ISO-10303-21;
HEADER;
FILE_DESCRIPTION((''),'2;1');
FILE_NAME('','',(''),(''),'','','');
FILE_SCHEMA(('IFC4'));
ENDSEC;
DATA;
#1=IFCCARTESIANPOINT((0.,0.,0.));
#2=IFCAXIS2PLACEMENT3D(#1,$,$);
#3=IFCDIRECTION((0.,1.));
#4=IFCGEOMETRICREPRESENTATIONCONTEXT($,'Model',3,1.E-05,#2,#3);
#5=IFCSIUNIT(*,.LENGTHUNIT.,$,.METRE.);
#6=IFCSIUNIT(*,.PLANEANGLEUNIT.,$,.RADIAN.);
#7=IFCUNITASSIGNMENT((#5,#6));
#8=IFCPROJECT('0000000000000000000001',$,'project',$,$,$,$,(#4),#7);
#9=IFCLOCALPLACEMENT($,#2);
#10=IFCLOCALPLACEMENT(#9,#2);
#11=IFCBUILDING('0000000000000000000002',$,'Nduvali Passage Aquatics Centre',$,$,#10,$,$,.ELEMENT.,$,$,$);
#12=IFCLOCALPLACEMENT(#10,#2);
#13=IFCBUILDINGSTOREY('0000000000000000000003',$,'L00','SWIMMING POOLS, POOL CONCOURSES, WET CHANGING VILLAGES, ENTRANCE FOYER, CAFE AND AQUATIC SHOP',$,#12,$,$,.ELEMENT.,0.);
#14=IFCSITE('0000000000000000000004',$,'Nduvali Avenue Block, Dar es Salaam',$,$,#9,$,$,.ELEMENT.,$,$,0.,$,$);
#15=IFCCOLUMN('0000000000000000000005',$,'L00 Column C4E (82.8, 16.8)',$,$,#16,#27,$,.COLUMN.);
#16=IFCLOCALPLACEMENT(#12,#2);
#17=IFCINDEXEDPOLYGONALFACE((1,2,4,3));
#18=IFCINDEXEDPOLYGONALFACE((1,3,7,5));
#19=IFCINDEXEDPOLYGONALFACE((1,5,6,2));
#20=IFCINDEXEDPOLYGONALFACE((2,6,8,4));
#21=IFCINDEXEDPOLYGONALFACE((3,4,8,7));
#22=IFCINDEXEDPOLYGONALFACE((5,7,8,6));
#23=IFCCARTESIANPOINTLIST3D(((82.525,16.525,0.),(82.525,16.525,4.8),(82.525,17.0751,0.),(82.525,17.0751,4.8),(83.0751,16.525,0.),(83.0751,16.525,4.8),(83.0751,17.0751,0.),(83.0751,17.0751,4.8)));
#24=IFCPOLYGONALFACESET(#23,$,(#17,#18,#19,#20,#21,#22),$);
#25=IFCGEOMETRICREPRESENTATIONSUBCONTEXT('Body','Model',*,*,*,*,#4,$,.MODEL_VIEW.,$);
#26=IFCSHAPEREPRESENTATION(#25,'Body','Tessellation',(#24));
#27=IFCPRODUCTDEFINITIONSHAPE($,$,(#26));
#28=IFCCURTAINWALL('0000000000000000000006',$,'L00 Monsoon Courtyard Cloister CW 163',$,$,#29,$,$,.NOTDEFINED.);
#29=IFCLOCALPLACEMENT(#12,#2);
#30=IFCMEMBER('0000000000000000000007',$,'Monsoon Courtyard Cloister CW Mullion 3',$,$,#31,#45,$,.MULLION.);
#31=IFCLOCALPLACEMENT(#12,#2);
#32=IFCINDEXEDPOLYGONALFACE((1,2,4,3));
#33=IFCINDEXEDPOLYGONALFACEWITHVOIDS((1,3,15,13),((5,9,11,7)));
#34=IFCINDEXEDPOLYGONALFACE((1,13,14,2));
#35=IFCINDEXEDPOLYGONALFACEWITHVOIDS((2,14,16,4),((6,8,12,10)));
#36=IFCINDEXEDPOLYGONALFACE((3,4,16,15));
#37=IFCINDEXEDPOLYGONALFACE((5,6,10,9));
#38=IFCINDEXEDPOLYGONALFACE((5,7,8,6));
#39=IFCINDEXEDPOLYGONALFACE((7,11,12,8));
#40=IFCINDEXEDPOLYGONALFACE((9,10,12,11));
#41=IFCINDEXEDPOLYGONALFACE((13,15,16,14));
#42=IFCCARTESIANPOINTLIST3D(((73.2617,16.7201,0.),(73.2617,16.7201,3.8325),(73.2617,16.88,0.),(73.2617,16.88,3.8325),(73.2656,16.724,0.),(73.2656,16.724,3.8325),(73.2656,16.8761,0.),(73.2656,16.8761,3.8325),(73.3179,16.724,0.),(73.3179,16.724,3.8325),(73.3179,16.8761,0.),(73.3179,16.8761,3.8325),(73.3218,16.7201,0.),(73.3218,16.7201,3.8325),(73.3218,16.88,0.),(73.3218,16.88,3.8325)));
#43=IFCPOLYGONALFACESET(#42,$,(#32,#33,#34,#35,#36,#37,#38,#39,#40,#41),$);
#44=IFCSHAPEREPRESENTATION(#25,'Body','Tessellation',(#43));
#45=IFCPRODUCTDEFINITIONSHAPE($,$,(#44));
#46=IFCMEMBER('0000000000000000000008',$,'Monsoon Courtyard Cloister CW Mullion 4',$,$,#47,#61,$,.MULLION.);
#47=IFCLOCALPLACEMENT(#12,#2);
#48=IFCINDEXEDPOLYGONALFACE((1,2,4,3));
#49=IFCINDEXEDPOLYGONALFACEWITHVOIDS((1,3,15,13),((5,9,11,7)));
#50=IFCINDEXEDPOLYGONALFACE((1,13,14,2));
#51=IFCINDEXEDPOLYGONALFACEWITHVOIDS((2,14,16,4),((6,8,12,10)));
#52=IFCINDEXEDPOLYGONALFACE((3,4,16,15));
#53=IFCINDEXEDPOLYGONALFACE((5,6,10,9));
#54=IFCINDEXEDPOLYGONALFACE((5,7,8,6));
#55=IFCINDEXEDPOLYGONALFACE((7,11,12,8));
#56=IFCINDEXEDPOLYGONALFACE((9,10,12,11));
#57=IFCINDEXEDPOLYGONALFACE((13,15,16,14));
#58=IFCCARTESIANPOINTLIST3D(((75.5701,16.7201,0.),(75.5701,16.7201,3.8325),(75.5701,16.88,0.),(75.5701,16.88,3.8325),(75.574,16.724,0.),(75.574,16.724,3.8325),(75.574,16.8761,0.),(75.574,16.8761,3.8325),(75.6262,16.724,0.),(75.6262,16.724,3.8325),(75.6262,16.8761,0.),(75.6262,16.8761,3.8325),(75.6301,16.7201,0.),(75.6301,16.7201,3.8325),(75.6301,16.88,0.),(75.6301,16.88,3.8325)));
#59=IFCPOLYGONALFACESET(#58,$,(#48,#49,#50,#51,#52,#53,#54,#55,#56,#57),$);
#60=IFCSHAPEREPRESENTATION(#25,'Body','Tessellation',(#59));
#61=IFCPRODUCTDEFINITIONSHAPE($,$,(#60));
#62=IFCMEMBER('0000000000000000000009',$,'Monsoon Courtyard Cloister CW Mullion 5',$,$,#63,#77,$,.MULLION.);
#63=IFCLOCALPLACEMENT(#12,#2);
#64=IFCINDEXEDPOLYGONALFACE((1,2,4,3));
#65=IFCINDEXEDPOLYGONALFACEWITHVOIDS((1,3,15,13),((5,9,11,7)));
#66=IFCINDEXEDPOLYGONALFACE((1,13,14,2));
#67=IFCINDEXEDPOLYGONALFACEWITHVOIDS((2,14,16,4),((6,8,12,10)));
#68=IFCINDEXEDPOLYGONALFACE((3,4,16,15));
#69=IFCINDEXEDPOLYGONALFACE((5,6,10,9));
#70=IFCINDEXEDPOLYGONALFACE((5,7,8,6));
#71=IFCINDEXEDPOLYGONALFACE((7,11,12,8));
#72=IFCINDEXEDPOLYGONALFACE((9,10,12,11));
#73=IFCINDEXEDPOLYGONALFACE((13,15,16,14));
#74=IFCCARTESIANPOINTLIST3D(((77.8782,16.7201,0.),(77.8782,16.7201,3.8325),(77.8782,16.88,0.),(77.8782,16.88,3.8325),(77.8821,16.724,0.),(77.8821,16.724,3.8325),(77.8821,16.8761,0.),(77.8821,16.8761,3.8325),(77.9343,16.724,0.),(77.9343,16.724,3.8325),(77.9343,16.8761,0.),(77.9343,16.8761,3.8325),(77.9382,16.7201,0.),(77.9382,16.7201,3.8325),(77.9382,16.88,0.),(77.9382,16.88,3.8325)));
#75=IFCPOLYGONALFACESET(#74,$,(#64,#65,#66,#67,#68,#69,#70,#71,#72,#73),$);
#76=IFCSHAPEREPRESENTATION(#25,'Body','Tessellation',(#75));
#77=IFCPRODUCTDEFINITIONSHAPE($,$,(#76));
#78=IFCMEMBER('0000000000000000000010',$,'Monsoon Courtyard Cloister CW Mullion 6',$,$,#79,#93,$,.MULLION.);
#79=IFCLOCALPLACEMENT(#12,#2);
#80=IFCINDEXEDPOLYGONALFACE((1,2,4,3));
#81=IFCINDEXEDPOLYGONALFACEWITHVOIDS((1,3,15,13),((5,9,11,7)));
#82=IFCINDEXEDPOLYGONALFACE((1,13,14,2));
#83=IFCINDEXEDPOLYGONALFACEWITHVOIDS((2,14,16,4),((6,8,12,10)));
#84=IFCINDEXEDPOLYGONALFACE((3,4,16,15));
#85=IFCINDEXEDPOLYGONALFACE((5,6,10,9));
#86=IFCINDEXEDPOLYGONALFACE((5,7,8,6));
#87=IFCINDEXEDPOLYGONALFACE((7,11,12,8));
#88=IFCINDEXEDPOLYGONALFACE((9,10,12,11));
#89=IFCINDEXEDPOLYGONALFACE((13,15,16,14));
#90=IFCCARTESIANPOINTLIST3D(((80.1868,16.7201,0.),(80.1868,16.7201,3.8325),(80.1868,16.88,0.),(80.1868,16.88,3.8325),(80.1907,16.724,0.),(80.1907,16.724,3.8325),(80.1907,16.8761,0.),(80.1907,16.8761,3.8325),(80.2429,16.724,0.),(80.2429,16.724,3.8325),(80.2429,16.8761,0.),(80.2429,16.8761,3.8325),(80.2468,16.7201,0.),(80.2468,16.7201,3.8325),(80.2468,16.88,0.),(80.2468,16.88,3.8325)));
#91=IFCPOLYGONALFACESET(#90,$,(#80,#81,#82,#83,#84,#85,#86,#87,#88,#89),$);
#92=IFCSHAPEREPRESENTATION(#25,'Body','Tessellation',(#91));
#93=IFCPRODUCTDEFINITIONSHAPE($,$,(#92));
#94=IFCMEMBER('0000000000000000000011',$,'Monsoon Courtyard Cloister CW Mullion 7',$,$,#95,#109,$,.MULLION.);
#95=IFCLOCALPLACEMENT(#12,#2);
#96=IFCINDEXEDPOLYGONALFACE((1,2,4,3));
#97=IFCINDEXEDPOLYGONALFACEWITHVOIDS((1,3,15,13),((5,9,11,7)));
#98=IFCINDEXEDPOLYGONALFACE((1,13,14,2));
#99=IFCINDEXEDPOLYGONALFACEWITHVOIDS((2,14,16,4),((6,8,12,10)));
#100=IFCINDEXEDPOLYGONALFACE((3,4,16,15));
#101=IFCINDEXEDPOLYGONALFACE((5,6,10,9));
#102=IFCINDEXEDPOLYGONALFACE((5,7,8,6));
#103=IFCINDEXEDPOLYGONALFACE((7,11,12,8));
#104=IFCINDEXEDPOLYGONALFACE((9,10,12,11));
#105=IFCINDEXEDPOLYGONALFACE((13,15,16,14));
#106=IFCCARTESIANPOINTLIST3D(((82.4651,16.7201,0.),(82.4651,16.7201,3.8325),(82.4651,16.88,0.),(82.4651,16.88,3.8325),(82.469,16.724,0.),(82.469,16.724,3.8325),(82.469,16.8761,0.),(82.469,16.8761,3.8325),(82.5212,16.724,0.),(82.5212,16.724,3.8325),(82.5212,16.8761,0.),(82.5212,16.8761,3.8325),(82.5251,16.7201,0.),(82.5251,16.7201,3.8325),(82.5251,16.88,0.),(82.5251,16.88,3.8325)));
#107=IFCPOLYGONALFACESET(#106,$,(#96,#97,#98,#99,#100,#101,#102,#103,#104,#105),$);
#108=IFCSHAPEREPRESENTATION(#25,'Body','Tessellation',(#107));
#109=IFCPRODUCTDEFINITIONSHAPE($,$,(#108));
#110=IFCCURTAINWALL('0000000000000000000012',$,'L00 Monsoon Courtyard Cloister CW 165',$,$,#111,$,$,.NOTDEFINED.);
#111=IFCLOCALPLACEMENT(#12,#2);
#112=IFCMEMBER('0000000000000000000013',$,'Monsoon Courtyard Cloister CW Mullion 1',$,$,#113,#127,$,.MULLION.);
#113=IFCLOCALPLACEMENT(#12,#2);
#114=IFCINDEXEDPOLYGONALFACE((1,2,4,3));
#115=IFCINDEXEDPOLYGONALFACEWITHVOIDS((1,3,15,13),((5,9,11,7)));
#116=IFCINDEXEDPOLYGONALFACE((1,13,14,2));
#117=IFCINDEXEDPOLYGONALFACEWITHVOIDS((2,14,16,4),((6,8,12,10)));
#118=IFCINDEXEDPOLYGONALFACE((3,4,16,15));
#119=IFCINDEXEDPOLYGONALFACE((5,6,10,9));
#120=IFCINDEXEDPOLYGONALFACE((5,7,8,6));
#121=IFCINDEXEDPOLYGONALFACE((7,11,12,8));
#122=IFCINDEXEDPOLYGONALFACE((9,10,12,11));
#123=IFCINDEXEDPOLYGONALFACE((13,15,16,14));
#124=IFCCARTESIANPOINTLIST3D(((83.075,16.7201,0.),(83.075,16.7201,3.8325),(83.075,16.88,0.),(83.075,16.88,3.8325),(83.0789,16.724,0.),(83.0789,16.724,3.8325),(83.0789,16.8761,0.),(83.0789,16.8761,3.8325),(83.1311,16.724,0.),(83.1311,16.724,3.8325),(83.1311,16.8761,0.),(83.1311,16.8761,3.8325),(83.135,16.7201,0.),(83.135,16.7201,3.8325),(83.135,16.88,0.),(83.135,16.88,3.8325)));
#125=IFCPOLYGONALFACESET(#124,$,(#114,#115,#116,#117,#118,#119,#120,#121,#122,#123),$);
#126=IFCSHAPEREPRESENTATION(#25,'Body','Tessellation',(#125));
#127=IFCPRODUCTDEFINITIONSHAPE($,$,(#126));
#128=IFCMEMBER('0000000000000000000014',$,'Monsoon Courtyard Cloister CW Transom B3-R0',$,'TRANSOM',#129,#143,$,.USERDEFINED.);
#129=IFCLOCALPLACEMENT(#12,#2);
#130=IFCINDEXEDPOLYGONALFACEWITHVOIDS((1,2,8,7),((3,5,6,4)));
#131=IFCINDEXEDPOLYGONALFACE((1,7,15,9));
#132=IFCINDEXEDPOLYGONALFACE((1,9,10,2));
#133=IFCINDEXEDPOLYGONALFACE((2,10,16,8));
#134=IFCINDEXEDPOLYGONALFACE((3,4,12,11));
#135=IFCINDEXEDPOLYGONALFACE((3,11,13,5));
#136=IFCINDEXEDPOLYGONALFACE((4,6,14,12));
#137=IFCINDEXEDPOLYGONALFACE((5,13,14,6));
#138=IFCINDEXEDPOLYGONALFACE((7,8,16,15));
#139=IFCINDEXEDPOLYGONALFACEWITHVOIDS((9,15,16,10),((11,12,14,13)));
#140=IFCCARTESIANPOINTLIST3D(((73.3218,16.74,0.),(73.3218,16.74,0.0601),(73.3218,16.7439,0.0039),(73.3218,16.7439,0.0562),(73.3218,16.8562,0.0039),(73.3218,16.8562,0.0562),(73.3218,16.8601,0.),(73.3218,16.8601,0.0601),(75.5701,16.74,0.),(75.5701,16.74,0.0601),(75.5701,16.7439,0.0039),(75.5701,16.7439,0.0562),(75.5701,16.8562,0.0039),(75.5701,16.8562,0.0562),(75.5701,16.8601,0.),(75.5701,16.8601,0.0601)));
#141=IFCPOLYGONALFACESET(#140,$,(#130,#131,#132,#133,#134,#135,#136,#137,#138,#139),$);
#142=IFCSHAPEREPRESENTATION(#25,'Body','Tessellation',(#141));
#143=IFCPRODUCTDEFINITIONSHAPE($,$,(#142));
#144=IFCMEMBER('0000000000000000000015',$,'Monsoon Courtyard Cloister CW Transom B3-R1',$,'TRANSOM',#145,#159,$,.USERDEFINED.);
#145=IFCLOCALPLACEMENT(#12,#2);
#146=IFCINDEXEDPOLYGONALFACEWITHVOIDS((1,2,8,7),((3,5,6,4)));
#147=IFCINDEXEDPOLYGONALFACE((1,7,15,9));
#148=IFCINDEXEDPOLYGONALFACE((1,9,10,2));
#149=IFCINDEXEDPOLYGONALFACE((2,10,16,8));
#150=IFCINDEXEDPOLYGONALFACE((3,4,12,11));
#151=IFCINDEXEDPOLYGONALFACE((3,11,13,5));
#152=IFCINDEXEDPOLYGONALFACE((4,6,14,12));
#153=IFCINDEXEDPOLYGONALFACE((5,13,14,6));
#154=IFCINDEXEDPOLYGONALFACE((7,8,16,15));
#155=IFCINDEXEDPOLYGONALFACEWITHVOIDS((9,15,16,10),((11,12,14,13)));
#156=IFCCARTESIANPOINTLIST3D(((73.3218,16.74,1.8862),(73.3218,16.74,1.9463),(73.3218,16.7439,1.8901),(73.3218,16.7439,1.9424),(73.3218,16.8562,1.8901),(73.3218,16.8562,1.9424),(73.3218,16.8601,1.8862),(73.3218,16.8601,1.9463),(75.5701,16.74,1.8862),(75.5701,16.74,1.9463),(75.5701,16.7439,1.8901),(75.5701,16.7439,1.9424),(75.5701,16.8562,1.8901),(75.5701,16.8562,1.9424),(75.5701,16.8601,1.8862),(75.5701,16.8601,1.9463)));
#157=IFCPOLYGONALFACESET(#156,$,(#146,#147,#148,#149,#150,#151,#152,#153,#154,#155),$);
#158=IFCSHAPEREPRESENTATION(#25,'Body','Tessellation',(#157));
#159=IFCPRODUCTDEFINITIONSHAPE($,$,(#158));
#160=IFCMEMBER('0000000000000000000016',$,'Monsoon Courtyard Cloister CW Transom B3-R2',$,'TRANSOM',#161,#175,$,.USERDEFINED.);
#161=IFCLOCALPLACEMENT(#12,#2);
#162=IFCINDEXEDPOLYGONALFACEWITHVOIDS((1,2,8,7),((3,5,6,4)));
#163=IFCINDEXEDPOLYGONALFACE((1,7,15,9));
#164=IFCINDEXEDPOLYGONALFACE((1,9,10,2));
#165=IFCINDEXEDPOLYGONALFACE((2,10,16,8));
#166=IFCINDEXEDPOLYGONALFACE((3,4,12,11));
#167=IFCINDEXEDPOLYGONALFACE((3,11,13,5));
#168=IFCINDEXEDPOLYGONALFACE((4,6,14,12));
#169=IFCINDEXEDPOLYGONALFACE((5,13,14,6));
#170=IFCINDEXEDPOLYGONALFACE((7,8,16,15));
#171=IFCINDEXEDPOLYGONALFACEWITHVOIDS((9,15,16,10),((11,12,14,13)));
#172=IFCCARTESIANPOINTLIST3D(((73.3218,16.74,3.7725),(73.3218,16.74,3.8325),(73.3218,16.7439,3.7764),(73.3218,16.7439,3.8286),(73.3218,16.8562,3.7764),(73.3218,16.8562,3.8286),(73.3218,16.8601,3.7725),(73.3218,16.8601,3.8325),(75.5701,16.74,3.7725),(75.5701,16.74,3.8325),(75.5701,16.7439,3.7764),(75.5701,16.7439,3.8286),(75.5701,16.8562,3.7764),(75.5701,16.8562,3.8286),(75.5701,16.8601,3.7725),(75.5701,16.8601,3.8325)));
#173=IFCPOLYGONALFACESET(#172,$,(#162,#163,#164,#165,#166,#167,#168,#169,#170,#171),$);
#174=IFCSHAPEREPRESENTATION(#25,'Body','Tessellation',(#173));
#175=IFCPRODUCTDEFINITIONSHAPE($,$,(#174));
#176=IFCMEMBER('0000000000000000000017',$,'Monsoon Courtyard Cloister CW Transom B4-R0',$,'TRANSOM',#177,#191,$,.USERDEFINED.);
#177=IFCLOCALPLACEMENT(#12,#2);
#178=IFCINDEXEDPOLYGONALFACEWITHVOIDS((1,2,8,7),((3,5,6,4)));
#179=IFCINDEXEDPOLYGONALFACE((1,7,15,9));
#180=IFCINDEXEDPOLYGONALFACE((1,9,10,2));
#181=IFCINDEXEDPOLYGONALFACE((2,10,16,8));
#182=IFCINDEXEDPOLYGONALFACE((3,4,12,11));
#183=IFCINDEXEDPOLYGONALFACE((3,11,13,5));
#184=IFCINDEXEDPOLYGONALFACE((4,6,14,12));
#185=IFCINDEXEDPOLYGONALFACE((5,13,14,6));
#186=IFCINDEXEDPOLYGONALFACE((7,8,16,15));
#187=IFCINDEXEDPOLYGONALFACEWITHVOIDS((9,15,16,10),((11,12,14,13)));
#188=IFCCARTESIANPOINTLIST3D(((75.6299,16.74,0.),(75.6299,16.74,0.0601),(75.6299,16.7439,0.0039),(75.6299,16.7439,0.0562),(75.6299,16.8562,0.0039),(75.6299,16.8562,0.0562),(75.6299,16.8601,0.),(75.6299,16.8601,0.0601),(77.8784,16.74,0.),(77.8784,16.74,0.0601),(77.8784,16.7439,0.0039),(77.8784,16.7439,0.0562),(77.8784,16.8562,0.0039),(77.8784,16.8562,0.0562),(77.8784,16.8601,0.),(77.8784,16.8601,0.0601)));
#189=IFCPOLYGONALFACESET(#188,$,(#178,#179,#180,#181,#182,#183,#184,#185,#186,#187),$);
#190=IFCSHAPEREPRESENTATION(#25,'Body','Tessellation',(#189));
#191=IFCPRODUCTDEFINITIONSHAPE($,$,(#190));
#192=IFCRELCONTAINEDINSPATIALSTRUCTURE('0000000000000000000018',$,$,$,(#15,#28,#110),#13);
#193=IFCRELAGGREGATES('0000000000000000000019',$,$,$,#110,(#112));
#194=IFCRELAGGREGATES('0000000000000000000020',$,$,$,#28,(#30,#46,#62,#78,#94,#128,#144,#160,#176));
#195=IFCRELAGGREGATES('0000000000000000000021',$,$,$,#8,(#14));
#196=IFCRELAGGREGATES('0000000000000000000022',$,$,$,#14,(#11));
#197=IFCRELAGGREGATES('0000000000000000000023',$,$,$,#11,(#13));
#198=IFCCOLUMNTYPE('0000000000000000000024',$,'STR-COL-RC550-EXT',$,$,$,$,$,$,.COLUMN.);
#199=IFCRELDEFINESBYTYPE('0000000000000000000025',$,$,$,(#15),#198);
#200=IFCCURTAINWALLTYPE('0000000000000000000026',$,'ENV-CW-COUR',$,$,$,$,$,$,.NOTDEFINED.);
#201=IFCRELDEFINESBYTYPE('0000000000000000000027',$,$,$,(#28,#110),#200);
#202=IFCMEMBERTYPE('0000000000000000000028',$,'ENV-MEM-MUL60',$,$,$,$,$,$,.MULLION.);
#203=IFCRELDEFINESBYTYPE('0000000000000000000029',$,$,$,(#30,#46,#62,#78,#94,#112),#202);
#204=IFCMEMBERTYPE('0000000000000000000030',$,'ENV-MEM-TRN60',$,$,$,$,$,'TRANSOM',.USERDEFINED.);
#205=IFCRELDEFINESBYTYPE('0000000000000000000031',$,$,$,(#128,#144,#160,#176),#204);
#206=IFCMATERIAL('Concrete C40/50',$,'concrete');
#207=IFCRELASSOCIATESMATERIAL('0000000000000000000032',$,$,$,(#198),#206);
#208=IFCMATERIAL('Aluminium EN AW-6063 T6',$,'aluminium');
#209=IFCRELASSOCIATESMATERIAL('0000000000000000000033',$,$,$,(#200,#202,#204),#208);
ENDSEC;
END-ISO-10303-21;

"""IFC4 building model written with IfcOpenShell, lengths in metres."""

from ifc_helpers import new_model, si_unit, direction, frame, origin, origin_2d, place, context, subcontext, project, spatial, rectangle, hollow_rectangle, extrude, material, material_profile, profile_set, type_object, element, aggregate, save


model = new_model("IFC4")

# Units and contexts
model_context = context("Model", 3, precision=1e-05, world=origin(), true_north=direction((0.0, 1.0)))
body_context = subcontext(model_context, "Body", "Model", "MODEL_VIEW")
ifc_project = project(units=[si_unit("LENGTHUNIT", "METRE"), si_unit("PLANEANGLEUNIT", "RADIAN")], contexts=[model_context])

# Site, building, storey
site_placement = place(None, origin())
site = spatial("IfcSite", under=ifc_project, at=site_placement, Name="Nduvali Avenue Block, Dar es Salaam", CompositionType="ELEMENT", RefElevation=0.0)
building_placement = place(site_placement, origin())
building = spatial("IfcBuilding", under=site, at=building_placement, Name="Nduvali Passage Aquatics Centre", CompositionType="ELEMENT")
storey_placement = place(building_placement, origin())
storey = spatial("IfcBuildingStorey", under=building, at=storey_placement, Name="L00", Description="SWIMMING POOLS, POOL CONCOURSES, WET CHANGING VILLAGES, ENTRANCE FOYER, CAFE AND AQUATIC SHOP", CompositionType="ELEMENT", Elevation=0.0)

# Column
ifc_material_1 = material(Name="Concrete C40/50", Category="concrete")
ifc_material_profile_1 = material_profile(ifc_material_1, rectangle(XDim=0.55, YDim=0.55, at=origin_2d()), Name="RC 550x550")
ifc_profile_set_1 = profile_set([ifc_material_profile_1], Name="Concrete C40/50")
column_type = type_object("IfcColumnType", Name="STR-COL-RC550-EXT", PredefinedType="COLUMN", material=ifc_profile_set_1)
column_placement = place(storey_placement, frame((82.8, 16.8, 0.0), z_axis=(0.0, 0.0, 1.0), x_axis=(1.0, 0.0, 0.0)))
element("IfcColumn", 1, at=column_placement, inside=storey, type_object=column_type, Name="L00 Column C4E (82.8, 16.8)", PredefinedType="COLUMN", context=body_context, shape_type="SweptSolid", body=[
    extrude(rectangle(XDim=0.55, YDim=0.55, at=origin_2d()), origin(), (0.0, 0.0, 1.0), 4.8),
])

# Curtain wall, members
ifc_material_2 = material(Name="Aluminium EN AW-6063 T6", Category="aluminium")
curtain_wall_type = type_object("IfcCurtainWallType", Name="ENV-CW-COUR", PredefinedType="NOTDEFINED", material=ifc_material_2)
curtain_wall_1_placement = place(storey_placement, origin())
curtain_wall_1 = element("IfcCurtainWall", 2, at=curtain_wall_1_placement, inside=storey, type_object=curtain_wall_type, Name="L00 Monsoon Courtyard Cloister CW 163", PredefinedType="NOTDEFINED")
ifc_material_profile_2 = material_profile(ifc_material_2, hollow_rectangle(XDim=0.0601, YDim=0.1599, WallThickness=0.0039, at=origin_2d()), Name="ALU MULLION 60x160x4")
ifc_profile_set_2 = profile_set([ifc_material_profile_2], Name="Aluminium EN AW-6063 T6")
member_type_1 = type_object("IfcMemberType", Name="ENV-MEM-MUL60", PredefinedType="MULLION", material=ifc_profile_set_2)
member_1_placement = place(storey_placement, frame((73.2917, 16.8, 0.0), z_axis=(0.0, 0.0, 1.0), x_axis=(1.0, 0.0, 0.0)))
member_1 = element("IfcMember", 3, at=member_1_placement, type_object=member_type_1, Name="Monsoon Courtyard Cloister CW Mullion 3", PredefinedType="MULLION", context=body_context, shape_type="SweptSolid", body=[
    extrude(hollow_rectangle(XDim=0.0601, YDim=0.1599, WallThickness=0.0039, at=origin_2d()), origin(), (0.0, 0.0, 1.0), 3.8325),
])
member_2_placement = place(storey_placement, frame((75.6001, 16.8, 0.0), z_axis=(0.0, 0.0, 1.0), x_axis=(1.0, 0.0, 0.0)))
member_2 = element("IfcMember", 4, at=member_2_placement, type_object=member_type_1, Name="Monsoon Courtyard Cloister CW Mullion 4", PredefinedType="MULLION", context=body_context, shape_type="SweptSolid", body=[
    extrude(hollow_rectangle(XDim=0.0601, YDim=0.1599, WallThickness=0.0039, at=origin_2d()), origin(), (0.0, 0.0, 1.0), 3.8325),
])
member_3_placement = place(storey_placement, frame((77.9082, 16.8, 0.0), z_axis=(0.0, 0.0, 1.0), x_axis=(1.0, 0.0, 0.0)))
member_3 = element("IfcMember", 5, at=member_3_placement, type_object=member_type_1, Name="Monsoon Courtyard Cloister CW Mullion 5", PredefinedType="MULLION", context=body_context, shape_type="SweptSolid", body=[
    extrude(hollow_rectangle(XDim=0.0601, YDim=0.1599, WallThickness=0.0039, at=origin_2d()), origin(), (0.0, 0.0, 1.0), 3.8325),
])
member_4_placement = place(storey_placement, frame((80.2168, 16.8, 0.0), z_axis=(0.0, 0.0, 1.0), x_axis=(1.0, 0.0, 0.0)))
member_4 = element("IfcMember", 6, at=member_4_placement, type_object=member_type_1, Name="Monsoon Courtyard Cloister CW Mullion 6", PredefinedType="MULLION", context=body_context, shape_type="SweptSolid", body=[
    extrude(hollow_rectangle(XDim=0.0601, YDim=0.1599, WallThickness=0.0039, at=origin_2d()), origin(), (0.0, 0.0, 1.0), 3.8325),
])
member_5_placement = place(storey_placement, frame((82.4951, 16.8, 0.0), z_axis=(0.0, 0.0, 1.0), x_axis=(1.0, 0.0, 0.0)))
member_5 = element("IfcMember", 7, at=member_5_placement, type_object=member_type_1, Name="Monsoon Courtyard Cloister CW Mullion 7", PredefinedType="MULLION", context=body_context, shape_type="SweptSolid", body=[
    extrude(hollow_rectangle(XDim=0.0601, YDim=0.1599, WallThickness=0.0039, at=origin_2d()), origin(), (0.0, 0.0, 1.0), 3.8325),
])

# Curtain wall, member
curtain_wall_2_placement = place(storey_placement, origin())
curtain_wall_2 = element("IfcCurtainWall", 8, at=curtain_wall_2_placement, inside=storey, type_object=curtain_wall_type, Name="L00 Monsoon Courtyard Cloister CW 165", PredefinedType="NOTDEFINED")
member_6_placement = place(storey_placement, frame((83.105, 16.8, 0.0), z_axis=(0.0, 0.0, 1.0), x_axis=(1.0, 0.0, 0.0)))
member_6 = element("IfcMember", 9, at=member_6_placement, type_object=member_type_1, Name="Monsoon Courtyard Cloister CW Mullion 1", PredefinedType="MULLION", context=body_context, shape_type="SweptSolid", body=[
    extrude(hollow_rectangle(XDim=0.0601, YDim=0.1599, WallThickness=0.0039, at=origin_2d()), origin(), (0.0, 0.0, 1.0), 3.8325),
])
aggregate(curtain_wall_2, [member_6])

# Members
ifc_material_profile_3 = material_profile(ifc_material_2, hollow_rectangle(XDim=0.1201, YDim=0.0601, WallThickness=0.0039, at=origin_2d()), Name="ALU TRANSOM 120x60x4")
ifc_profile_set_3 = profile_set([ifc_material_profile_3], Name="Aluminium EN AW-6063 T6")
member_type_2 = type_object("IfcMemberType", Name="ENV-MEM-TRN60", ElementType="TRANSOM", PredefinedType="USERDEFINED", material=ifc_profile_set_3)
member_7_placement = place(storey_placement, frame((73.3218, 16.8, 0.03), z_axis=(1.0, 0.0, 0.0), x_axis=(0.0, 1.0, 0.0)))
member_7 = element("IfcMember", 10, at=member_7_placement, type_object=member_type_2, Name="Monsoon Courtyard Cloister CW Transom B3-R0", ObjectType="TRANSOM", PredefinedType="USERDEFINED", context=body_context, shape_type="SweptSolid", body=[
    extrude(hollow_rectangle(XDim=0.1201, YDim=0.0601, WallThickness=0.0039, at=origin_2d()), origin(), (0.0, 0.0, 1.0), 2.2483),
])
member_8_placement = place(storey_placement, frame((73.3218, 16.8, 1.9163), z_axis=(1.0, 0.0, 0.0), x_axis=(0.0, 1.0, 0.0)))
member_8 = element("IfcMember", 11, at=member_8_placement, type_object=member_type_2, Name="Monsoon Courtyard Cloister CW Transom B3-R1", ObjectType="TRANSOM", PredefinedType="USERDEFINED", context=body_context, shape_type="SweptSolid", body=[
    extrude(hollow_rectangle(XDim=0.1201, YDim=0.0601, WallThickness=0.0039, at=origin_2d()), origin(), (0.0, 0.0, 1.0), 2.2483),
])
member_9_placement = place(storey_placement, frame((73.3218, 16.8, 3.8025), z_axis=(1.0, 0.0, 0.0), x_axis=(0.0, 1.0, 0.0)))
member_9 = element("IfcMember", 12, at=member_9_placement, type_object=member_type_2, Name="Monsoon Courtyard Cloister CW Transom B3-R2", ObjectType="TRANSOM", PredefinedType="USERDEFINED", context=body_context, shape_type="SweptSolid", body=[
    extrude(hollow_rectangle(XDim=0.1201, YDim=0.0601, WallThickness=0.0039, at=origin_2d()), origin(), (0.0, 0.0, 1.0), 2.2483),
])
member_10_placement = place(storey_placement, frame((75.6299, 16.8, 0.03), z_axis=(1.0, 0.0, 0.0), x_axis=(0.0, 1.0, 0.0)))
member_10 = element("IfcMember", 13, at=member_10_placement, type_object=member_type_2, Name="Monsoon Courtyard Cloister CW Transom B4-R0", ObjectType="TRANSOM", PredefinedType="USERDEFINED", context=body_context, shape_type="SweptSolid", body=[
    extrude(hollow_rectangle(XDim=0.1201, YDim=0.0601, WallThickness=0.0039, at=origin_2d()), origin(), (0.0, 0.0, 1.0), 2.2485),
])

aggregate(curtain_wall_1, [member_1, member_2, member_3, member_4, member_5, member_7, member_8, member_9, member_10])

save(model, "model.ifc")
